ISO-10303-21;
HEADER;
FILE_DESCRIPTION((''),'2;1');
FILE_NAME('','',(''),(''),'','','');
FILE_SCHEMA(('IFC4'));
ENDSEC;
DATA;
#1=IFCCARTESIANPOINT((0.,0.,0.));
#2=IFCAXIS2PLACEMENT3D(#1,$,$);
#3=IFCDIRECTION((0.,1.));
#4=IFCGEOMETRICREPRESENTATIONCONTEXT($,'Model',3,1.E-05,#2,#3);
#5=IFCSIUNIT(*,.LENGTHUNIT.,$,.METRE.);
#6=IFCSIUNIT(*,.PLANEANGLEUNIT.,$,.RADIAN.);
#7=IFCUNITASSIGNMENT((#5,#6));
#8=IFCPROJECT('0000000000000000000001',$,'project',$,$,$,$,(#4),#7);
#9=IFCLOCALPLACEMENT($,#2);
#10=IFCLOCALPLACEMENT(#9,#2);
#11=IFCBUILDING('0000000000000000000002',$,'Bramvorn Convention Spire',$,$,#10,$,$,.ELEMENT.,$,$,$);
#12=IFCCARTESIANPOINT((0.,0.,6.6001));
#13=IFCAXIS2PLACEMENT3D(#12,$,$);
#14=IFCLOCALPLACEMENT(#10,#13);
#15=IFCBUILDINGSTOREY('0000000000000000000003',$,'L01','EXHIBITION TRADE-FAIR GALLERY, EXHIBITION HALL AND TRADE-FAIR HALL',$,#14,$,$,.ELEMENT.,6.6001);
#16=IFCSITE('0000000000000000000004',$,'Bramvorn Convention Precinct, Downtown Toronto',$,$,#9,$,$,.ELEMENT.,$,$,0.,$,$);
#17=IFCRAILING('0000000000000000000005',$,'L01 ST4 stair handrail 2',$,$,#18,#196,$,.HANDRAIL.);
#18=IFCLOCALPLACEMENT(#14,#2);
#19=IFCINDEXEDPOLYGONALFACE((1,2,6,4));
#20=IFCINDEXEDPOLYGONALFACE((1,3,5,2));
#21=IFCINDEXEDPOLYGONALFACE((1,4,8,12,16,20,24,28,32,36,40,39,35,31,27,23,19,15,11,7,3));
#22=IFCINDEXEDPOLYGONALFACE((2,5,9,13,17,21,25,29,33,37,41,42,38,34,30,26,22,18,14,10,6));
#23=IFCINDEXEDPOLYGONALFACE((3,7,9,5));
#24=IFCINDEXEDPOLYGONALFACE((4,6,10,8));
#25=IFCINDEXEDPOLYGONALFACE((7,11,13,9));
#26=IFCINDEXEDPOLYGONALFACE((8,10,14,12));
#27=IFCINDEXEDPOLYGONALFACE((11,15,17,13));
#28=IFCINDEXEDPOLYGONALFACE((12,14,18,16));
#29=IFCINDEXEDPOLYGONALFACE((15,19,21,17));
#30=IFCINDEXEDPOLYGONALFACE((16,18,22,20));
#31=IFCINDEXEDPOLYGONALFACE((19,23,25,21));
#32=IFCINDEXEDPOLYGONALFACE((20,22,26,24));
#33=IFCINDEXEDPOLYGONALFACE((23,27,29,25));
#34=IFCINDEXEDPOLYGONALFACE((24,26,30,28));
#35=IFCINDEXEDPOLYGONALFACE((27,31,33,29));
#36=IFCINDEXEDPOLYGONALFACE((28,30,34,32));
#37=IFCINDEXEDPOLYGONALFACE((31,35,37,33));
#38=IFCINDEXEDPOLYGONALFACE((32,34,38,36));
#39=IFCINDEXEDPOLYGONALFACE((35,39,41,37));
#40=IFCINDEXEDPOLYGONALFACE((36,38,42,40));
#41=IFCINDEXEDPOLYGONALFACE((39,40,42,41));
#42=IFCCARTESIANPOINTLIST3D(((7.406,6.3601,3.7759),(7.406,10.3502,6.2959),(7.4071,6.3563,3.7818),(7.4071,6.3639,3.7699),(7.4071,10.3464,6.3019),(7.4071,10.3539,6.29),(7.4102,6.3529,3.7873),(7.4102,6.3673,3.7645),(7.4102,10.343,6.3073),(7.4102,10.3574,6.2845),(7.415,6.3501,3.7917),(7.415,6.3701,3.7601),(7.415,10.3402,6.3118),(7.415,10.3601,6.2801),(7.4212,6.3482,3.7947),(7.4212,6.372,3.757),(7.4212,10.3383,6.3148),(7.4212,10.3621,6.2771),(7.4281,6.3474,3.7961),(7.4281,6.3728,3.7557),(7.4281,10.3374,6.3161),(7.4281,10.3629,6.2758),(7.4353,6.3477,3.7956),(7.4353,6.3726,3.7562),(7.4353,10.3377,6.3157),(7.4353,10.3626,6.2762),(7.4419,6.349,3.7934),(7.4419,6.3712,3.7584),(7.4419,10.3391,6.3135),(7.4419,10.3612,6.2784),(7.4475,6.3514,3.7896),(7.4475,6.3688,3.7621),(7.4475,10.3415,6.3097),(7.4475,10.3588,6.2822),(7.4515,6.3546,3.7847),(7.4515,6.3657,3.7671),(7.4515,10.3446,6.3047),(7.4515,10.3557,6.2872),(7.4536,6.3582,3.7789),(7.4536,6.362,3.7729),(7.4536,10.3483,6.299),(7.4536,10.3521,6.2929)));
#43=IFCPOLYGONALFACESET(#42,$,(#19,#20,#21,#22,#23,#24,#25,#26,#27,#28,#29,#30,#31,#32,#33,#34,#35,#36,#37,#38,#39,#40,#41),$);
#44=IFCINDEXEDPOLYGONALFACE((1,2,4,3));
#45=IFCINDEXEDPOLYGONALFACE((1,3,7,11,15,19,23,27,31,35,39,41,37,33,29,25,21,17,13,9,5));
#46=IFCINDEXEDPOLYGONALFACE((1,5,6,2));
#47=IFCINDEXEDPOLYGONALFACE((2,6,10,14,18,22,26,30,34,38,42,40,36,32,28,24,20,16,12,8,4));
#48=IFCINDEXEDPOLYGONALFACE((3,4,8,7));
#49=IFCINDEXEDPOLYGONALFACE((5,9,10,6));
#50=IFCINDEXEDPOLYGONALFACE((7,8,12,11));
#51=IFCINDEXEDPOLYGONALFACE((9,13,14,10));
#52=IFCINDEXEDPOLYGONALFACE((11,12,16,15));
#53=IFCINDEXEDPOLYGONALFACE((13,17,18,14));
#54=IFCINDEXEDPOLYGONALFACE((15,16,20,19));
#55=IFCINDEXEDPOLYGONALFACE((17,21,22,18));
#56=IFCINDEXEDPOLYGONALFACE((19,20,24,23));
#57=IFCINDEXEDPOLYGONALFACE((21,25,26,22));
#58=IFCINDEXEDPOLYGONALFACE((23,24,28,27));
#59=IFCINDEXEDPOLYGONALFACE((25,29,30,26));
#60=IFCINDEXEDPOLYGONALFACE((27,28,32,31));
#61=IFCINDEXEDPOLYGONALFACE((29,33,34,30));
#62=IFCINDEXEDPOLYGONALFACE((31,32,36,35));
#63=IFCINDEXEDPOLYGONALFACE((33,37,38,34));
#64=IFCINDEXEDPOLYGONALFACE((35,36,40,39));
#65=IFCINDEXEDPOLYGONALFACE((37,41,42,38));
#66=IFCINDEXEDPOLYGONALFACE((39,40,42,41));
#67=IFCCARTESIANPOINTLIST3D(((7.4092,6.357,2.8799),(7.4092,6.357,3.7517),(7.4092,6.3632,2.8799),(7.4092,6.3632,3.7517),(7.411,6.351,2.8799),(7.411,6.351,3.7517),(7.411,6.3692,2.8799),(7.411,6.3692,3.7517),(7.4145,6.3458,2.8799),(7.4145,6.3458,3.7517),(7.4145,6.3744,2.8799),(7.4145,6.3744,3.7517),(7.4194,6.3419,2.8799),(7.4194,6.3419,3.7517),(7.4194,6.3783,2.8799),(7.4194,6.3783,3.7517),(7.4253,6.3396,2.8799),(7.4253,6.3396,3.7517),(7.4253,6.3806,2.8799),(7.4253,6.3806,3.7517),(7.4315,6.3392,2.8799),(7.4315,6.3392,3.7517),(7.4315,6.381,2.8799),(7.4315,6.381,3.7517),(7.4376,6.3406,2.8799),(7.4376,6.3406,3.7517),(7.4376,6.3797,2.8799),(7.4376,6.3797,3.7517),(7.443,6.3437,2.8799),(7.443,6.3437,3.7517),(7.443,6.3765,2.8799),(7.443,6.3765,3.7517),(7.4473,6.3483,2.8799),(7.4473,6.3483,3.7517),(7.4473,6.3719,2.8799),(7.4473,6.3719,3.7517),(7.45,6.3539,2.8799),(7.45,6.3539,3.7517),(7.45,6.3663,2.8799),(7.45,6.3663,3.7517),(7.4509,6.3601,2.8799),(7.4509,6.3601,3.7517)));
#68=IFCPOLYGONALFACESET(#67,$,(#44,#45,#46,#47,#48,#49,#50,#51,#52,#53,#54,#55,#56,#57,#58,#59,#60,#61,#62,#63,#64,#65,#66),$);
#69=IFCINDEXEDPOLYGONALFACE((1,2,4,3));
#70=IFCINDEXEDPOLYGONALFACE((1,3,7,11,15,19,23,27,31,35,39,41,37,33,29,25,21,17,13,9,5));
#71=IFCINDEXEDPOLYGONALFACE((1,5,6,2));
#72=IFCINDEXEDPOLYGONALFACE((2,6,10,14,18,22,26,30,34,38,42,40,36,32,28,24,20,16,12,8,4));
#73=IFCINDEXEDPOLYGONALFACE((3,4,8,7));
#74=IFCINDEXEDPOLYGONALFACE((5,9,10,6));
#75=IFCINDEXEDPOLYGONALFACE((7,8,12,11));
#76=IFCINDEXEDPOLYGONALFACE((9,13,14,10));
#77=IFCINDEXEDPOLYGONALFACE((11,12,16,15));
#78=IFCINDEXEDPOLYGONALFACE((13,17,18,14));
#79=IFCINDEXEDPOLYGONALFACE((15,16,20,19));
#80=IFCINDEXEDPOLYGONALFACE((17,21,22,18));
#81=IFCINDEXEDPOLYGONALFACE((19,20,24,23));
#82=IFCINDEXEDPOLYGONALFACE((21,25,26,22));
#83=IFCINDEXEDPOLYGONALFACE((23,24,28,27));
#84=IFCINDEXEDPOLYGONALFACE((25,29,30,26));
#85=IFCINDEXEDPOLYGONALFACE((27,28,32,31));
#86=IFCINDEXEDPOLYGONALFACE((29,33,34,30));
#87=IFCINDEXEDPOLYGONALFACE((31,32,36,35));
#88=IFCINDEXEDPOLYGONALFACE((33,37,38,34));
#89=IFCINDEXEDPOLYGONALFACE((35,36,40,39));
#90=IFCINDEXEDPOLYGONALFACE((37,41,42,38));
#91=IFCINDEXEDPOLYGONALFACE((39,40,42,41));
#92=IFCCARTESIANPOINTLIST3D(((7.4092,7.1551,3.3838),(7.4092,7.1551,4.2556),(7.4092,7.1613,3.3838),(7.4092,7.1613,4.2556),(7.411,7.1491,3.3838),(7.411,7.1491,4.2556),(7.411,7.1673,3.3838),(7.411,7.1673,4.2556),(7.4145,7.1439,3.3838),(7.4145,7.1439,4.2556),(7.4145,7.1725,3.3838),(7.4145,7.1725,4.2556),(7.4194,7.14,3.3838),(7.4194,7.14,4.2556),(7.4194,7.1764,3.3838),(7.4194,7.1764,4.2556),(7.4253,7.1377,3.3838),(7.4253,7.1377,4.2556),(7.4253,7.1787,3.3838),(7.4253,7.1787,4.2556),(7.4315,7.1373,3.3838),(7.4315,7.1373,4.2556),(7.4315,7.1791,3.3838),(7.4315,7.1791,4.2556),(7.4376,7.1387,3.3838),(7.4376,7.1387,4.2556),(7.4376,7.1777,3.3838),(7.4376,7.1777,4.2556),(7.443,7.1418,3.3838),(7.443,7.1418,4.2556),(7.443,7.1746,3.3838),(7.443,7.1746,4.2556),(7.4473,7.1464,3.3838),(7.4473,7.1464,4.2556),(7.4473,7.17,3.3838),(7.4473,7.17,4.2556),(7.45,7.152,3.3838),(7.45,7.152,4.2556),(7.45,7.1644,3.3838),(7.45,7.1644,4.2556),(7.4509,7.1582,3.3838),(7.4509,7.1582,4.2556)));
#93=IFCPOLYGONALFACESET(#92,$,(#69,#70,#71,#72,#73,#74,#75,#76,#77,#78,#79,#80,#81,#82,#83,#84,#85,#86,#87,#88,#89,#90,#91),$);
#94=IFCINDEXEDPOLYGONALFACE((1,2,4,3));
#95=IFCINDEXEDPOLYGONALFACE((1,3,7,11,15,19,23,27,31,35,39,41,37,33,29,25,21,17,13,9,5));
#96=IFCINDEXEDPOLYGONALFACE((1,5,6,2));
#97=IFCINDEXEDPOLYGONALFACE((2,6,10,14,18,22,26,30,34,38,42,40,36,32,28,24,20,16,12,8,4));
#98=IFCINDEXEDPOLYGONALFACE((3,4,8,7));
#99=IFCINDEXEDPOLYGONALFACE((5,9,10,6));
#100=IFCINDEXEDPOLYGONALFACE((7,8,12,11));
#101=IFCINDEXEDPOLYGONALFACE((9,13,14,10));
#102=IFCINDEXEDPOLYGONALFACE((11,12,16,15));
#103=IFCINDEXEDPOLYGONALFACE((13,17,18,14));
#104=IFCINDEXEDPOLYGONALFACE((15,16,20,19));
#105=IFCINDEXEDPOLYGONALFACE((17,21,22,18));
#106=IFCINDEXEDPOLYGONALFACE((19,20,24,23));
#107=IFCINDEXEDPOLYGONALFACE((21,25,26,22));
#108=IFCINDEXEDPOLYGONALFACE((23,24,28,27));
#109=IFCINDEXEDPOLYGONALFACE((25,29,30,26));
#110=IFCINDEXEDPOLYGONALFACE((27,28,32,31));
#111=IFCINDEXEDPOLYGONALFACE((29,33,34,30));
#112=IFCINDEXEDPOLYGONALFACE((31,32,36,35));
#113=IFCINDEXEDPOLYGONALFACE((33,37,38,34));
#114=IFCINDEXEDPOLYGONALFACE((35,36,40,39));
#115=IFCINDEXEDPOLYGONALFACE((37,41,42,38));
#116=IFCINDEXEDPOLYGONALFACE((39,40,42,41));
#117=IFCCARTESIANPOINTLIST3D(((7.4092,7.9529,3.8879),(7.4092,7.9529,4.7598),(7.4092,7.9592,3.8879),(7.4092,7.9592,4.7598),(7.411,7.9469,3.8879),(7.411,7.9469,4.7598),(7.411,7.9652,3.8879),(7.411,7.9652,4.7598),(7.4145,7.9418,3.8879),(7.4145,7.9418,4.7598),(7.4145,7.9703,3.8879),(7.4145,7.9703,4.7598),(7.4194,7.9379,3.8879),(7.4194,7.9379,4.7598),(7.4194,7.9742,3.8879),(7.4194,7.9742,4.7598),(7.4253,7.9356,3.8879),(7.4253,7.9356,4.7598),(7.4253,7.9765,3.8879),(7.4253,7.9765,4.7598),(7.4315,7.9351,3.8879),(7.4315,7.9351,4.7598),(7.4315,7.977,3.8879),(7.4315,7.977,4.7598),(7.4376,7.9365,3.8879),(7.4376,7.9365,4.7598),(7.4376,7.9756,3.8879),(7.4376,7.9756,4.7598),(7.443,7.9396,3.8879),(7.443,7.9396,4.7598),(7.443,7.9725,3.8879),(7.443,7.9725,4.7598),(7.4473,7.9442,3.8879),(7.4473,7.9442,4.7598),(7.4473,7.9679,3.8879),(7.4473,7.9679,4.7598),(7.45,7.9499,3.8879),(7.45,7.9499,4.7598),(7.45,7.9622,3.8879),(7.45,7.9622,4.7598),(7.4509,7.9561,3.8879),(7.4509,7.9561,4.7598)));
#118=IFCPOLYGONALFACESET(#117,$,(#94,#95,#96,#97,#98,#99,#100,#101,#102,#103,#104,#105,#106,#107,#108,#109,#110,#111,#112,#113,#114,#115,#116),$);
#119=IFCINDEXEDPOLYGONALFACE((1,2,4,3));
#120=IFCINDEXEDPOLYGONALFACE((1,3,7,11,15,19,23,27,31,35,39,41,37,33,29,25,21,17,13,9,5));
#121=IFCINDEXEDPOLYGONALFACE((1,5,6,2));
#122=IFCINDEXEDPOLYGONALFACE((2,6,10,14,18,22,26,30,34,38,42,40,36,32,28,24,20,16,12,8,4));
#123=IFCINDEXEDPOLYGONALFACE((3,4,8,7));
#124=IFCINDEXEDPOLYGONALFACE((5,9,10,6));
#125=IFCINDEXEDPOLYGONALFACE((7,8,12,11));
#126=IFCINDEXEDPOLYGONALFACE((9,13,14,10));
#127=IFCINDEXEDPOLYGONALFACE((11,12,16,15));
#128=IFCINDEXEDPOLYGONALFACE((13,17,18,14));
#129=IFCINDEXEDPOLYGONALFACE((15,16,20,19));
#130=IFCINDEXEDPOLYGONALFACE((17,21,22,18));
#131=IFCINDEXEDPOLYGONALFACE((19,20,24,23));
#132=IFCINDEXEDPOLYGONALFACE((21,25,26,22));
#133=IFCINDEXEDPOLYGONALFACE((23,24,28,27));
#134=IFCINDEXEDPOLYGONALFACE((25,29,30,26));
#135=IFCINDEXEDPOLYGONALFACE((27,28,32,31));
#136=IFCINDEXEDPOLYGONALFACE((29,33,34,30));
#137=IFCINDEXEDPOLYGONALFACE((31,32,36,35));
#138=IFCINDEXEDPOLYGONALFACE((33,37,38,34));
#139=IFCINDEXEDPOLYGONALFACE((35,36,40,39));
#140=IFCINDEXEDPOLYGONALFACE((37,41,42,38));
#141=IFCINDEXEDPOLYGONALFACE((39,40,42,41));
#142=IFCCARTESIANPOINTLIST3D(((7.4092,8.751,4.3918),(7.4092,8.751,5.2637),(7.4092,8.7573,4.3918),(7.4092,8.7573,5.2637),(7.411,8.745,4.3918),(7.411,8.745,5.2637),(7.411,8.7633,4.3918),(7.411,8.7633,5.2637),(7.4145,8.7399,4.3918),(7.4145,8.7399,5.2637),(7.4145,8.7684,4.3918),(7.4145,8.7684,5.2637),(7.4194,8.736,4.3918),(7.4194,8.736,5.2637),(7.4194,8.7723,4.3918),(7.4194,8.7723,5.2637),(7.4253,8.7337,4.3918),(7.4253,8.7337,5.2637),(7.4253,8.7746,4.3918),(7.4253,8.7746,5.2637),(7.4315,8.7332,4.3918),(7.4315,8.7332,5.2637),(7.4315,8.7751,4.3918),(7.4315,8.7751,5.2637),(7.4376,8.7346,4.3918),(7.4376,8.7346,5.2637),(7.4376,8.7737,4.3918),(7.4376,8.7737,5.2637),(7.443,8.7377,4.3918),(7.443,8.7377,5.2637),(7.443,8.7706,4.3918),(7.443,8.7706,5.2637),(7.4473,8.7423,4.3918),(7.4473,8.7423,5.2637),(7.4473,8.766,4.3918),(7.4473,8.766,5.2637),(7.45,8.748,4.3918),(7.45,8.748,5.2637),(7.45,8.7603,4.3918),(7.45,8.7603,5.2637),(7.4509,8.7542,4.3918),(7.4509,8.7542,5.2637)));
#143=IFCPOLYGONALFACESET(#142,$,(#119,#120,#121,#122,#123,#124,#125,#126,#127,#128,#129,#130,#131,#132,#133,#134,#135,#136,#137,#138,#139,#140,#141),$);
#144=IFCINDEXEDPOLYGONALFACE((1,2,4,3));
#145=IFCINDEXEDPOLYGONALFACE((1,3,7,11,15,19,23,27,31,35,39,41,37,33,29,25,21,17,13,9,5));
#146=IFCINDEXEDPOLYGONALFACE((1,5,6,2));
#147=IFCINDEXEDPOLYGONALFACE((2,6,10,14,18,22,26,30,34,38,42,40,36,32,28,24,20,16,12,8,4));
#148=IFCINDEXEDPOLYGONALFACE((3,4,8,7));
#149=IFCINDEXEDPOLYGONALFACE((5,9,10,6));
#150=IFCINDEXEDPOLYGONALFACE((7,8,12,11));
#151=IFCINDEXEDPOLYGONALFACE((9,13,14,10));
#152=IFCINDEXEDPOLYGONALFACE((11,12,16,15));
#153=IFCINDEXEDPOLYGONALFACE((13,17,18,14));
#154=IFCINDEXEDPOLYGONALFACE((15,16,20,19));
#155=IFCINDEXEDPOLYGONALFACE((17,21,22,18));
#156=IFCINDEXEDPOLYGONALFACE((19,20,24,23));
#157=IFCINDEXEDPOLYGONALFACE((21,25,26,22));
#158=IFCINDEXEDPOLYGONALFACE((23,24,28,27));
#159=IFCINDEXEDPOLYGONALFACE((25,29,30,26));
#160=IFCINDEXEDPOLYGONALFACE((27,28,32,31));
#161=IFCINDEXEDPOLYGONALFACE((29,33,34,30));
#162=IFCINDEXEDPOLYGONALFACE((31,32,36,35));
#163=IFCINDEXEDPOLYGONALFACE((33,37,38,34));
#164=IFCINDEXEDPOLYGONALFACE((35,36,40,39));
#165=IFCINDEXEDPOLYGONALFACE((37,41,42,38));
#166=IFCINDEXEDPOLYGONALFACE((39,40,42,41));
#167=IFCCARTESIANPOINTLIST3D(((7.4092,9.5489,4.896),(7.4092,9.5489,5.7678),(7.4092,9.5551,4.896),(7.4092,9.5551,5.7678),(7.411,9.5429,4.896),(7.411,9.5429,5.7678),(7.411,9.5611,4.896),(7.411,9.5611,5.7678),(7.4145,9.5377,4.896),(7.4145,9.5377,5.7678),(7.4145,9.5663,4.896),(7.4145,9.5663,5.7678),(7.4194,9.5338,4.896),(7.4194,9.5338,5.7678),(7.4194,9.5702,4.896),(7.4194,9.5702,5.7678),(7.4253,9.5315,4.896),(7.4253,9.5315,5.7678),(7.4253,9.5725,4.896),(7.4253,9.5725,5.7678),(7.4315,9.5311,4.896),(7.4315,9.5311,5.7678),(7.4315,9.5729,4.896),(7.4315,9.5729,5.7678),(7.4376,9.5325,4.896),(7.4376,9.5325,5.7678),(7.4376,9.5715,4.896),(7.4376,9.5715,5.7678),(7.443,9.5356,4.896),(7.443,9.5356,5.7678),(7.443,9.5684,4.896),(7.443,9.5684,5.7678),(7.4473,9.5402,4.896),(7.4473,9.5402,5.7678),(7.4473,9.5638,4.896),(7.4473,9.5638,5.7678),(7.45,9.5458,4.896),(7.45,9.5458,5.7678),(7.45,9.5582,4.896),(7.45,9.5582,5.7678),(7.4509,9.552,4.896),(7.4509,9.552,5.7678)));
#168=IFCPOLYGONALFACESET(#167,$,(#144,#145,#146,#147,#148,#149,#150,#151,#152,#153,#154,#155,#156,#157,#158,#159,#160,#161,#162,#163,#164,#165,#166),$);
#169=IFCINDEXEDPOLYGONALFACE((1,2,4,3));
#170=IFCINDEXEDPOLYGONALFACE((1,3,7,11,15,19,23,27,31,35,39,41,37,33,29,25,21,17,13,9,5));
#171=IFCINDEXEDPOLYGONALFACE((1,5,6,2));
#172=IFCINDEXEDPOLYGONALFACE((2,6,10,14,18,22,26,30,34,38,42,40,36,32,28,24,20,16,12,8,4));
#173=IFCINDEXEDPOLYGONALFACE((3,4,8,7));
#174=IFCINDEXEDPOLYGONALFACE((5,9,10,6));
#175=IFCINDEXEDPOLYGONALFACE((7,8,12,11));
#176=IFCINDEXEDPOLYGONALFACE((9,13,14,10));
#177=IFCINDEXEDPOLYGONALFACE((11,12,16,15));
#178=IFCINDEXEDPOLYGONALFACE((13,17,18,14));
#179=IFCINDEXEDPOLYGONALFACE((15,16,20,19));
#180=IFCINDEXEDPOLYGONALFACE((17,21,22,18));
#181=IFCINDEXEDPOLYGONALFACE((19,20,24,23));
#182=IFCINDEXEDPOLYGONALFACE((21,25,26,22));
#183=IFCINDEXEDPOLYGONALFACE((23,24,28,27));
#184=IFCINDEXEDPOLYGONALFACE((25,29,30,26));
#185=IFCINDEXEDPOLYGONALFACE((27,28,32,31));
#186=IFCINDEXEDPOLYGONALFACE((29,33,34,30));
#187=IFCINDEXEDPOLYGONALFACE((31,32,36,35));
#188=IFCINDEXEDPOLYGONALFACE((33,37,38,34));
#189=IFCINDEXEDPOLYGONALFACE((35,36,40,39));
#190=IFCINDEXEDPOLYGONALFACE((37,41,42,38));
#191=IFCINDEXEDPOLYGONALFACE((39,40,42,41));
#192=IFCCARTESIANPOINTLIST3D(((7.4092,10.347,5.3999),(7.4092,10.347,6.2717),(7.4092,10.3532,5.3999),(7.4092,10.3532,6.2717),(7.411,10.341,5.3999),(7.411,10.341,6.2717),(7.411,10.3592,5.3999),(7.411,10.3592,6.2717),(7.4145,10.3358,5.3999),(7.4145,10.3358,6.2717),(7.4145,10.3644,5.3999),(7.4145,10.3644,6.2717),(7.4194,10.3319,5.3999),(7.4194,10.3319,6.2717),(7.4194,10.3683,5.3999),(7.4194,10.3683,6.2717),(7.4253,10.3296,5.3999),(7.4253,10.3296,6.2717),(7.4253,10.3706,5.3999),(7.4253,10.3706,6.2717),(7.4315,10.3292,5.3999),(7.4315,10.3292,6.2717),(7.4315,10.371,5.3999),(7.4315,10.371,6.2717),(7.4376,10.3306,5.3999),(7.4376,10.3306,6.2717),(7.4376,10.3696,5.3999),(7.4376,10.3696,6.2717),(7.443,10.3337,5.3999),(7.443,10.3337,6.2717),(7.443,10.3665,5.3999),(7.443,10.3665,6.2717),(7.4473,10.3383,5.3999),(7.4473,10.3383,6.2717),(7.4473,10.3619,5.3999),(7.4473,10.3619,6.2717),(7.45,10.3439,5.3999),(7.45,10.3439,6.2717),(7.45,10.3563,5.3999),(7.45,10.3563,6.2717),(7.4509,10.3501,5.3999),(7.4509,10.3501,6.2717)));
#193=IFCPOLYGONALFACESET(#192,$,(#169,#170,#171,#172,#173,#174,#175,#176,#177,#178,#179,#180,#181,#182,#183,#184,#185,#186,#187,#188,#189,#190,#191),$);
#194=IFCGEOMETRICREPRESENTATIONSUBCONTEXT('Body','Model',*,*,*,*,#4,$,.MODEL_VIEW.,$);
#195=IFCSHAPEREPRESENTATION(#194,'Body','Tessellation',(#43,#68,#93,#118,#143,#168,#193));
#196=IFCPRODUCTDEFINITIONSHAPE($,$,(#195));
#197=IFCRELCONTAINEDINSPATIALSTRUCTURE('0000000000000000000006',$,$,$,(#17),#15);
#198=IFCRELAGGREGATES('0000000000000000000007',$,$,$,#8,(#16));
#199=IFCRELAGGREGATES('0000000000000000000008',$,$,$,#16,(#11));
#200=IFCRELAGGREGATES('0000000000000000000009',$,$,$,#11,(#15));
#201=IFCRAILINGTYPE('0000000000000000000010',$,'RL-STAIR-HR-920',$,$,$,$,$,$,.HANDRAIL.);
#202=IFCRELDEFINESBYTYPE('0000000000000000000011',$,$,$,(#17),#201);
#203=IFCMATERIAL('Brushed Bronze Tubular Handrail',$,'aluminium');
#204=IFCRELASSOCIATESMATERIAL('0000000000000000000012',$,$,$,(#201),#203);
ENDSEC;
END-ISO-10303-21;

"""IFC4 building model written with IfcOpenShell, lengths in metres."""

from ifc_helpers import new_model, si_unit, direction, frame, origin, origin_2d, place, context, subcontext, project, spatial, circle, extrude, material, type_object, element, save


model = new_model("IFC4")

# Units and contexts
model_context = context("Model", 3, precision=1e-05, world=origin(), true_north=direction((0.0, 1.0)))
body_context = subcontext(model_context, "Body", "Model", "MODEL_VIEW")
ifc_project = project(units=[si_unit("LENGTHUNIT", "METRE"), si_unit("PLANEANGLEUNIT", "RADIAN")], contexts=[model_context])

# Site, building, storey
site_placement = place(None, origin())
site = spatial("IfcSite", under=ifc_project, at=site_placement, Name="Bramvorn Convention Precinct, Downtown Toronto", CompositionType="ELEMENT", RefElevation=0.0)
building_placement = place(site_placement, origin())
building = spatial("IfcBuilding", under=site, at=building_placement, Name="Bramvorn Convention Spire", CompositionType="ELEMENT")
storey_placement = place(building_placement, frame((0.0, 0.0, 6.6001)))
storey = spatial("IfcBuildingStorey", under=building, at=storey_placement, Name="L01", Description="EXHIBITION TRADE-FAIR GALLERY, EXHIBITION HALL AND TRADE-FAIR HALL", CompositionType="ELEMENT", Elevation=6.6001)

# Railing
ifc_material_1 = material(Name="Brushed Bronze Tubular Handrail", Category="aluminium")
railing_type_1 = type_object("IfcRailingType", Name="RL-STAIR-HR-920", PredefinedType="HANDRAIL", material=ifc_material_1)
railing_1_placement = place(storey_placement, frame((7.4299, 6.3601, 2.8799)))
element("IfcRailing", 1, at=railing_1_placement, inside=storey, type_object=railing_type_1, Name="L01 ST4 stair handrail 2", PredefinedType="HANDRAIL", context=body_context, shape_type="SweptSolid", body=[
    extrude(circle(Radius=0.0239, at=origin_2d()), frame((0.0, 0.0, 0.896), z_axis=(0.0, 0.845486, 0.533997), x_axis=(-1.0, 0.0, 0.0)), (0.0, 0.0, 1.0), 4.7192),
    extrude(circle(Radius=0.021, at=origin_2d()), origin(), (0.0, 0.0, 1.0), 0.8718),
    extrude(circle(Radius=0.021, at=origin_2d()), frame((0.0, 0.7981, 0.5039)), (0.0, 0.0, 1.0), 0.8718),
    extrude(circle(Radius=0.021, at=origin_2d()), frame((0.0, 1.5959, 1.0081)), (0.0, 0.0, 1.0), 0.8718),
    extrude(circle(Radius=0.021, at=origin_2d()), frame((0.0, 2.394, 1.512)), (0.0, 0.0, 1.0), 0.8718),
    extrude(circle(Radius=0.021, at=origin_2d()), frame((0.0, 3.1919, 2.0161)), (0.0, 0.0, 1.0), 0.8718),
    extrude(circle(Radius=0.021, at=origin_2d()), frame((0.0, 3.99, 2.52)), (0.0, 0.0, 1.0), 0.8718),
])

save(model, "model.ifc")
